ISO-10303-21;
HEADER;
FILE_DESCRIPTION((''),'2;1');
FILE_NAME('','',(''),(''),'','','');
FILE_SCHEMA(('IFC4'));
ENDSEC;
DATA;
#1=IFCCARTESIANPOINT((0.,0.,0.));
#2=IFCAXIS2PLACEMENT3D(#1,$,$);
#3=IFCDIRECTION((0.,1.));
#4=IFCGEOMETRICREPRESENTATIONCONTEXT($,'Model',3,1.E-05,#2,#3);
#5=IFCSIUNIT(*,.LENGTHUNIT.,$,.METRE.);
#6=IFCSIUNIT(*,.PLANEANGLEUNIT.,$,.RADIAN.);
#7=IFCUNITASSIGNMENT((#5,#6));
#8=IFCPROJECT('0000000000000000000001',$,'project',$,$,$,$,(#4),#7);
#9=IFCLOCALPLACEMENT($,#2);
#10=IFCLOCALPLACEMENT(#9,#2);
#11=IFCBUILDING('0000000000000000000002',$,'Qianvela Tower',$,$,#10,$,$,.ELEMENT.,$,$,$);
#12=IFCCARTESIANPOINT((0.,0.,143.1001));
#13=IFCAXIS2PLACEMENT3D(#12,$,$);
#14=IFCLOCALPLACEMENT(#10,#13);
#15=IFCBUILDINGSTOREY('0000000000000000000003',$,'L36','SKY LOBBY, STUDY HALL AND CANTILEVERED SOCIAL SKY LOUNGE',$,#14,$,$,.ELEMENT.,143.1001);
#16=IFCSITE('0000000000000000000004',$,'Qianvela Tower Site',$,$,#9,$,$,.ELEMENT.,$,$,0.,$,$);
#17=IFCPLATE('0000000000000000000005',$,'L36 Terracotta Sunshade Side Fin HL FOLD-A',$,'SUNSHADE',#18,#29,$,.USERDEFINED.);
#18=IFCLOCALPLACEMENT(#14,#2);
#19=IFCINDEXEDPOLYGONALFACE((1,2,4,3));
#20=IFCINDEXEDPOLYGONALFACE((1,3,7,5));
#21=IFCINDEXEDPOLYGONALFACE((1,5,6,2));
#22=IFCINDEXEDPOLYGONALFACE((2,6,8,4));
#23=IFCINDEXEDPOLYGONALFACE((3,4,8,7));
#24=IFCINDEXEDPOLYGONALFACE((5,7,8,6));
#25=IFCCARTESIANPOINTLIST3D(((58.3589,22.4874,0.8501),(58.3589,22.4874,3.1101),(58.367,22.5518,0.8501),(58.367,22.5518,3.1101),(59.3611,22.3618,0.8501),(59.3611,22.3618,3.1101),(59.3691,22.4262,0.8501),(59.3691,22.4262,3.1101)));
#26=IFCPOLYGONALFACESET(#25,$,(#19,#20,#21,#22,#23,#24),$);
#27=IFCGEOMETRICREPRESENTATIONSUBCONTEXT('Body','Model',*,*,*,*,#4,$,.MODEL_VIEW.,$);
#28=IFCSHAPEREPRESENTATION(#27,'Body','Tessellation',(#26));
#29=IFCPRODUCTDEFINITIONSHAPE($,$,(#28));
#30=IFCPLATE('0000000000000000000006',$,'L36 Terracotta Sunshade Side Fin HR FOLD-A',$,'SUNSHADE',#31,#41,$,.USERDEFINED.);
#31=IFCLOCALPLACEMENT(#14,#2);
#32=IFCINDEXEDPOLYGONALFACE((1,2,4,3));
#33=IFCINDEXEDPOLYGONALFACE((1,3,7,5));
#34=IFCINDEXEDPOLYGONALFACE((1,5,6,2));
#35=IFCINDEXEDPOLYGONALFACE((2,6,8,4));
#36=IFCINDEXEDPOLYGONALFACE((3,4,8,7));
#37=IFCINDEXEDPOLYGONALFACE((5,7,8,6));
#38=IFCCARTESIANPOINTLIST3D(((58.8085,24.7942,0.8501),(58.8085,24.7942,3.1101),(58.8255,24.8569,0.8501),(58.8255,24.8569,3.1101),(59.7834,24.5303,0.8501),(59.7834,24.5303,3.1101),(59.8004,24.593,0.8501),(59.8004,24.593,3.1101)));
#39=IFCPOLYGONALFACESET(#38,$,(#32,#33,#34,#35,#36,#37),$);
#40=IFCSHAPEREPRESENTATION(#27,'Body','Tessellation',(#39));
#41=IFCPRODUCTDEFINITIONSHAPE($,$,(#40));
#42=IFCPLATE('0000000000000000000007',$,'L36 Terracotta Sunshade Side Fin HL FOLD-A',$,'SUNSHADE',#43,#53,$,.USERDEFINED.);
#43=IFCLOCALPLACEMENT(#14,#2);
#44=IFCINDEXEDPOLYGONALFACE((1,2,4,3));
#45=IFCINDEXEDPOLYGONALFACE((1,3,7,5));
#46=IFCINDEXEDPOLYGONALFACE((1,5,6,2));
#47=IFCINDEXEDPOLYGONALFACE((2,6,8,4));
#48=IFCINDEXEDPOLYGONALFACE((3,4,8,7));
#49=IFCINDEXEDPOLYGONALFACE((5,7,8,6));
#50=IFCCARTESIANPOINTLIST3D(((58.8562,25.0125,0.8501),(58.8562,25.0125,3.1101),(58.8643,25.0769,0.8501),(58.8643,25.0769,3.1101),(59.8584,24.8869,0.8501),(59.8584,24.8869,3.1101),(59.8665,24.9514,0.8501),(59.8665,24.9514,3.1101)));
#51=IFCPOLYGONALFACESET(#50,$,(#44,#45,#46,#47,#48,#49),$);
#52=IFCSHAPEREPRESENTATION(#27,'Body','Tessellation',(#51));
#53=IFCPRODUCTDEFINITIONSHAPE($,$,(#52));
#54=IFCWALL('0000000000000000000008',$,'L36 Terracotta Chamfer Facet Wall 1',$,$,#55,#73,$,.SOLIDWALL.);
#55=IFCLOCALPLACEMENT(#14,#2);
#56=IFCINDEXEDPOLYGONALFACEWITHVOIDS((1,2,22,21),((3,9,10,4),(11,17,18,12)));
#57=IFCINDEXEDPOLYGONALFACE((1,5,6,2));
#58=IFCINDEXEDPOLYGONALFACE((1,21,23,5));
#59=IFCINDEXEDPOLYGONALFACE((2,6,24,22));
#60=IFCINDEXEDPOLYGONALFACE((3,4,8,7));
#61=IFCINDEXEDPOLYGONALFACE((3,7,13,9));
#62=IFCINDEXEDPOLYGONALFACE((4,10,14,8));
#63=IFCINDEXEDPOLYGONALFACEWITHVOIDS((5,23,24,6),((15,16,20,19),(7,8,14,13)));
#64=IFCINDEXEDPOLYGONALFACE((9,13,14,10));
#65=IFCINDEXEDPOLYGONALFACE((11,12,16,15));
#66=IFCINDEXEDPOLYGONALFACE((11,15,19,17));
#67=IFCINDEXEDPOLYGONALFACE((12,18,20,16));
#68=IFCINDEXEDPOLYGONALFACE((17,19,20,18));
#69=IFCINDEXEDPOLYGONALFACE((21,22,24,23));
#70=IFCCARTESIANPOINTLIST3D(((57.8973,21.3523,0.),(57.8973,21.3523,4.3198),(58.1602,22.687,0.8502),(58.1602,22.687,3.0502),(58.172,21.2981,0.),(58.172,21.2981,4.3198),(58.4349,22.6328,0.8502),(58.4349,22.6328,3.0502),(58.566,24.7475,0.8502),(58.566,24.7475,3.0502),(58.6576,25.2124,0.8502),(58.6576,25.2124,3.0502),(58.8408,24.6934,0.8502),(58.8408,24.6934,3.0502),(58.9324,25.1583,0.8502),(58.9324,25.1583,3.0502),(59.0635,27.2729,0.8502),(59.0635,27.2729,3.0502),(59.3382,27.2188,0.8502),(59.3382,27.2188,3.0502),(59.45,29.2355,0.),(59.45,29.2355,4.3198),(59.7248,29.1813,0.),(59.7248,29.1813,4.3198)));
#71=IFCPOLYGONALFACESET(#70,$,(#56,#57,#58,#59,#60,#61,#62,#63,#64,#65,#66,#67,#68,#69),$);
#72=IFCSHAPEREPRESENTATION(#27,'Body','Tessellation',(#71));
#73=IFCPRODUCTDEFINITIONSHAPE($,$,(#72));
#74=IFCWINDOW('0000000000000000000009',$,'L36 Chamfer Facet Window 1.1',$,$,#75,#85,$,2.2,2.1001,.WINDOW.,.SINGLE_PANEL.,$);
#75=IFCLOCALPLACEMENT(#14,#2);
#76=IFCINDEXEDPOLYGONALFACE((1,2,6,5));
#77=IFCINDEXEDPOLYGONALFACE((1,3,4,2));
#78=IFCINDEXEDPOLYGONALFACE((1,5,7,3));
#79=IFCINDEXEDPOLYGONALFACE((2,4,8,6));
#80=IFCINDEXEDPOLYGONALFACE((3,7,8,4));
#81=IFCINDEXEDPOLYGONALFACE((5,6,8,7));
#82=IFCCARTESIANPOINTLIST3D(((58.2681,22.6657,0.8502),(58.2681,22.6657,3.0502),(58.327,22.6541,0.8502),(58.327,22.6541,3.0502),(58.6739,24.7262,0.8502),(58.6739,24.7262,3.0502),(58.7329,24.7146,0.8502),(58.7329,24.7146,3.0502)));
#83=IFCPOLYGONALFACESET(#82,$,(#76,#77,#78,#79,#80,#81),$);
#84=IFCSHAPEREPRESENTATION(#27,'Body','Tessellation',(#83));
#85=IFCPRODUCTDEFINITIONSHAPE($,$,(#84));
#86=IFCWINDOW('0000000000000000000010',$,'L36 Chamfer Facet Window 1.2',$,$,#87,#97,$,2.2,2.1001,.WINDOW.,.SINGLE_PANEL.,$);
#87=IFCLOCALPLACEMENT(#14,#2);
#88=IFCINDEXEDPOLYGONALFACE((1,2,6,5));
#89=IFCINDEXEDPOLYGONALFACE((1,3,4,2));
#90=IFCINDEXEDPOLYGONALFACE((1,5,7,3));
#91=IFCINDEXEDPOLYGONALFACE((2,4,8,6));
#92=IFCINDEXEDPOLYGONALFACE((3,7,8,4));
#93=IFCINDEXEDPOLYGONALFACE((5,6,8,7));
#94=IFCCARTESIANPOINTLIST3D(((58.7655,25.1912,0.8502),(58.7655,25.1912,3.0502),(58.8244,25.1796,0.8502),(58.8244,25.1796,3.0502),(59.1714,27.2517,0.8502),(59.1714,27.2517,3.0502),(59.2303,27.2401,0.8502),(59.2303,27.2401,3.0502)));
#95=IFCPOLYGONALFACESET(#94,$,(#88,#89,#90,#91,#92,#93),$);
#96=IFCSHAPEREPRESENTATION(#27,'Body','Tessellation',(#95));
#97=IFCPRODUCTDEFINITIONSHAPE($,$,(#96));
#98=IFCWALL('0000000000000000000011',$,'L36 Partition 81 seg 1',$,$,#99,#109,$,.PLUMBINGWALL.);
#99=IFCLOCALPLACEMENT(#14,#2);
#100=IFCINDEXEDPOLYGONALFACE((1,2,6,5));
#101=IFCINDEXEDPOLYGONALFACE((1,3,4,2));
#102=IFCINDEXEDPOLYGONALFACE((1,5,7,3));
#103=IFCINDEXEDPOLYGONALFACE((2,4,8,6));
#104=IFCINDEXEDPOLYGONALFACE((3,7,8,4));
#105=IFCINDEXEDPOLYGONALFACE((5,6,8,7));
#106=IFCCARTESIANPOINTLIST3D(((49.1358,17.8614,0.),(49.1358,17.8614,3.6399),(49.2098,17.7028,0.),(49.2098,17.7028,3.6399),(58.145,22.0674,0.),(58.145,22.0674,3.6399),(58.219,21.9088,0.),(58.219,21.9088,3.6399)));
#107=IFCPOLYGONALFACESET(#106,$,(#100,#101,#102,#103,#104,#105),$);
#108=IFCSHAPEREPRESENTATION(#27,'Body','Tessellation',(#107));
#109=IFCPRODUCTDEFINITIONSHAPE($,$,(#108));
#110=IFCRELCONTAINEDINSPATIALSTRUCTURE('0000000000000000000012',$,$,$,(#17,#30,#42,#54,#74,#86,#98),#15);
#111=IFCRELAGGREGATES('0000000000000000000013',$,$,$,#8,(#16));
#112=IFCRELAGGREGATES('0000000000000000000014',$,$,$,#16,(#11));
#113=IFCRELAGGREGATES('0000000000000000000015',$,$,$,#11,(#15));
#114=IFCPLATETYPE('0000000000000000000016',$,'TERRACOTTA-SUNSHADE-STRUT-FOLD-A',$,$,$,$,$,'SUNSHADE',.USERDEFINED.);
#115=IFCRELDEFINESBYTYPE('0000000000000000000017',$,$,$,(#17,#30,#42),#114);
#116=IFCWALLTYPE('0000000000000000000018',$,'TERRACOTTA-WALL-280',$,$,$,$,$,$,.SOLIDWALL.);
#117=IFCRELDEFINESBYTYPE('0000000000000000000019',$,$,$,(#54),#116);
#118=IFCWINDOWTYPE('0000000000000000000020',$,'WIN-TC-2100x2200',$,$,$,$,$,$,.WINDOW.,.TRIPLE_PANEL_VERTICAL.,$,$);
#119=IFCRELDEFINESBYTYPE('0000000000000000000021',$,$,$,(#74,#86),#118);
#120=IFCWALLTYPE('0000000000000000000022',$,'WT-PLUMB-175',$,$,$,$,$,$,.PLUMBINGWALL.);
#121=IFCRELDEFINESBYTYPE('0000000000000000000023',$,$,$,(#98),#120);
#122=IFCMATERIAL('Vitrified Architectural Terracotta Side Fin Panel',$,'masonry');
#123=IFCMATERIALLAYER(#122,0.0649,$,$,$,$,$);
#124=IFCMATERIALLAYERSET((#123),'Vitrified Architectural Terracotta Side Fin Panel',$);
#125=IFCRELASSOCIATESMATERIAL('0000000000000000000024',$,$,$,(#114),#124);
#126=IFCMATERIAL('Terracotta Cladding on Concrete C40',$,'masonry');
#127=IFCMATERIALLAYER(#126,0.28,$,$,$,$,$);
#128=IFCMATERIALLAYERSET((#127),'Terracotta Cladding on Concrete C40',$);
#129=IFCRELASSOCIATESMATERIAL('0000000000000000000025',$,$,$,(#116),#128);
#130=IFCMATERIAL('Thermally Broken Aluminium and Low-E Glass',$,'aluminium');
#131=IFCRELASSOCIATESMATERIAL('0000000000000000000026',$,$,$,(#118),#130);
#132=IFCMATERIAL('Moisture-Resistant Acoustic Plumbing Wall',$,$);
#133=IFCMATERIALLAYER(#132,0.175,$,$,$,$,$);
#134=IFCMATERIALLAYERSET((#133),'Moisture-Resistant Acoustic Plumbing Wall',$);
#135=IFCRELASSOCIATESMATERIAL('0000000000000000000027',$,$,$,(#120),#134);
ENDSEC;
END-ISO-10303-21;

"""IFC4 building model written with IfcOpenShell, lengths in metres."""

from ifc_helpers import new_model, si_unit, direction, frame, frame_2d, origin, origin_2d, place, context, subcontext, project, spatial, rectangle, extrude, material, layer, layer_set, type_object, element, fill, save


model = new_model("IFC4")

# Units and contexts
model_context = context("Model", 3, precision=1e-05, world=origin(), true_north=direction((0.0, 1.0)))
body_context = subcontext(model_context, "Body", "Model", "MODEL_VIEW")
ifc_project = project(units=[si_unit("LENGTHUNIT", "METRE"), si_unit("PLANEANGLEUNIT", "RADIAN")], contexts=[model_context])

# Site, building, storey
site_placement = place(None, origin())
site = spatial("IfcSite", under=ifc_project, at=site_placement, Name="Qianvela Tower Site", CompositionType="ELEMENT", RefElevation=0.0)
building_placement = place(site_placement, origin())
building = spatial("IfcBuilding", under=site, at=building_placement, Name="Qianvela Tower", CompositionType="ELEMENT")
storey_placement = place(building_placement, frame((0.0, 0.0, 143.1001)))
storey = spatial("IfcBuildingStorey", under=building, at=storey_placement, Name="L36", Description="SKY LOBBY, STUDY HALL AND CANTILEVERED SOCIAL SKY LOUNGE", CompositionType="ELEMENT", Elevation=143.1001)

# Plates
ifc_material_1 = material(Name="Vitrified Architectural Terracotta Side Fin Panel", Category="masonry")
ifc_layer_1 = layer(ifc_material_1, 0.0649)
ifc_layer_set_1 = layer_set([ifc_layer_1], Name="Vitrified Architectural Terracotta Side Fin Panel")
plate_type_1 = type_object("IfcPlateType", Name="TERRACOTTA-SUNSHADE-STRUT-FOLD-A", ElementType="SUNSHADE", PredefinedType="USERDEFINED", material=ifc_layer_set_1)
for number, where, z_axis, x_axis, name in (
    (1, (58.864, 22.4568, 0.8501), (0.0, 0.0, 1.0), (0.12435, 0.992238, 0.0), "L36 Terracotta Sunshade Side Fin HL FOLD-A"),
    (2, (59.3044, 24.6936, 0.8501), (0.0, 0.0, 1.0), (0.261232, 0.965276, 0.0), "L36 Terracotta Sunshade Side Fin HR FOLD-A"),
    (3, (59.3613, 24.9819, 0.8501), (0.0, 0.0, 1.0), (0.12435, 0.992238, 0.0), "L36 Terracotta Sunshade Side Fin HL FOLD-A"),
):
    element("IfcPlate", number, at=place(storey_placement, frame(where, z_axis=z_axis, x_axis=x_axis)), inside=storey, type_object=plate_type_1, Name=name, ObjectType="SUNSHADE", PredefinedType="USERDEFINED", context=body_context, shape_type="SweptSolid", body=[
        extrude(rectangle(XDim=0.0649, YDim=1.01, at=origin_2d()), origin(), (0.0, 0.0, 1.0), 2.26),
    ])

# Wall, openings, windows
ifc_material_2 = material(Name="Terracotta Cladding on Concrete C40", Category="masonry")
ifc_layer_2 = layer(ifc_material_2, 0.28)
ifc_layer_set_2 = layer_set([ifc_layer_2], Name="Terracotta Cladding on Concrete C40")
wall_type_1 = type_object("IfcWallType", Name="TERRACOTTA-WALL-280", PredefinedType="SOLIDWALL", material=ifc_layer_set_2)
wall_1_placement = place(storey_placement, frame((58.0347, 21.3252, 0.0), z_axis=(0.0, 0.0, 1.0), x_axis=(0.193252, 0.981149, 0.0)))
wall_1 = element("IfcWall", 4, at=wall_1_placement, inside=storey, type_object=wall_type_1, Name="L36 Terracotta Chamfer Facet Wall 1", PredefinedType="SOLIDWALL", context=body_context, shape_type="SweptSolid", body=[
    extrude(rectangle(XDim=8.0347, YDim=0.28, at=frame_2d((4.0173, 0.0))), origin(), (0.0, 0.0, 1.0), 4.3198),
])
opening_1_placement = place(wall_1_placement, frame((1.3604, 0.0, 0.8501)))
opening_1 = element("IfcOpeningElement", 5, at=opening_1_placement, cuts=wall_1, PredefinedType="OPENING", context=body_context, shape_type="SweptSolid", body=[
    extrude(rectangle(XDim=2.1001, YDim=2.2, at=frame_2d((1.05, 1.1001))), frame((0.0, 0.1499, 0.0), z_axis=(0.0, -1.0, 0.0), x_axis=(1.0, 0.0, 0.0)), (0.0, 0.0, 1.0), 0.3),
])
opening_2_placement = place(wall_1_placement, frame((3.9343, 0.0, 0.8501)))
opening_2 = element("IfcOpeningElement", 6, at=opening_2_placement, cuts=wall_1, PredefinedType="OPENING", context=body_context, shape_type="SweptSolid", body=[
    extrude(rectangle(XDim=2.1001, YDim=2.2, at=frame_2d((1.05, 1.1001))), frame((0.0, 0.1499, 0.0), z_axis=(0.0, -1.0, 0.0), x_axis=(1.0, 0.0, 0.0)), (0.0, 0.0, 1.0), 0.3),
])
ifc_material_3 = material(Name="Thermally Broken Aluminium and Low-E Glass", Category="aluminium")
window_type = type_object("IfcWindowType", Name="WIN-TC-2100x2200", PartitioningType="TRIPLE_PANEL_VERTICAL", PredefinedType="WINDOW", material=ifc_material_3)
window_1_placement = place(opening_1_placement, origin())
window_1 = element("IfcWindow", 7, at=window_1_placement, inside=storey, type_object=window_type, Name="L36 Chamfer Facet Window 1.1", OverallHeight=2.2, OverallWidth=2.1001, PartitioningType="SINGLE_PANEL", PredefinedType="WINDOW", context=body_context, shape_type="SweptSolid", body=[
    extrude(rectangle(XDim=2.1001, YDim=2.2, at=frame_2d((1.05, 1.1001))), frame((0.0, 0.03, 0.0), z_axis=(0.0, -1.0, 0.0), x_axis=(1.0, 0.0, 0.0)), (0.0, 0.0, 1.0), 0.0601),
])
fill(opening_1, window_1)
window_2_placement = place(opening_2_placement, origin())
window_2 = element("IfcWindow", 8, at=window_2_placement, inside=storey, type_object=window_type, Name="L36 Chamfer Facet Window 1.2", OverallHeight=2.2, OverallWidth=2.1001, PartitioningType="SINGLE_PANEL", PredefinedType="WINDOW", context=body_context, shape_type="SweptSolid", body=[
    extrude(rectangle(XDim=2.1001, YDim=2.2, at=frame_2d((1.05, 1.1001))), frame((0.0, 0.03, 0.0), z_axis=(0.0, -1.0, 0.0), x_axis=(1.0, 0.0, 0.0)), (0.0, 0.0, 1.0), 0.0601),
])
fill(opening_2, window_2)

# Wall
ifc_material_4 = material(Name="Moisture-Resistant Acoustic Plumbing Wall")
ifc_layer_3 = layer(ifc_material_4, 0.175)
ifc_layer_set_3 = layer_set([ifc_layer_3], Name="Moisture-Resistant Acoustic Plumbing Wall")
wall_type_2 = type_object("IfcWallType", Name="WT-PLUMB-175", PredefinedType="PLUMBINGWALL", material=ifc_layer_set_3)
wall_2_placement = place(storey_placement, frame((58.1819, 21.988, 0.0), z_axis=(0.0, 0.0, 1.0), x_axis=(-0.906117, -0.423028, 0.0)))
element("IfcWall", 9, at=wall_2_placement, inside=storey, type_object=wall_type_2, Name="L36 Partition 81 seg 1", PredefinedType="PLUMBINGWALL", context=body_context, shape_type="SweptSolid", body=[
    extrude(rectangle(XDim=9.9426, YDim=0.175, at=frame_2d((4.9712, 0.0))), origin(), (0.0, 0.0, 1.0), 3.6399),
])

save(model, "model.ifc")
